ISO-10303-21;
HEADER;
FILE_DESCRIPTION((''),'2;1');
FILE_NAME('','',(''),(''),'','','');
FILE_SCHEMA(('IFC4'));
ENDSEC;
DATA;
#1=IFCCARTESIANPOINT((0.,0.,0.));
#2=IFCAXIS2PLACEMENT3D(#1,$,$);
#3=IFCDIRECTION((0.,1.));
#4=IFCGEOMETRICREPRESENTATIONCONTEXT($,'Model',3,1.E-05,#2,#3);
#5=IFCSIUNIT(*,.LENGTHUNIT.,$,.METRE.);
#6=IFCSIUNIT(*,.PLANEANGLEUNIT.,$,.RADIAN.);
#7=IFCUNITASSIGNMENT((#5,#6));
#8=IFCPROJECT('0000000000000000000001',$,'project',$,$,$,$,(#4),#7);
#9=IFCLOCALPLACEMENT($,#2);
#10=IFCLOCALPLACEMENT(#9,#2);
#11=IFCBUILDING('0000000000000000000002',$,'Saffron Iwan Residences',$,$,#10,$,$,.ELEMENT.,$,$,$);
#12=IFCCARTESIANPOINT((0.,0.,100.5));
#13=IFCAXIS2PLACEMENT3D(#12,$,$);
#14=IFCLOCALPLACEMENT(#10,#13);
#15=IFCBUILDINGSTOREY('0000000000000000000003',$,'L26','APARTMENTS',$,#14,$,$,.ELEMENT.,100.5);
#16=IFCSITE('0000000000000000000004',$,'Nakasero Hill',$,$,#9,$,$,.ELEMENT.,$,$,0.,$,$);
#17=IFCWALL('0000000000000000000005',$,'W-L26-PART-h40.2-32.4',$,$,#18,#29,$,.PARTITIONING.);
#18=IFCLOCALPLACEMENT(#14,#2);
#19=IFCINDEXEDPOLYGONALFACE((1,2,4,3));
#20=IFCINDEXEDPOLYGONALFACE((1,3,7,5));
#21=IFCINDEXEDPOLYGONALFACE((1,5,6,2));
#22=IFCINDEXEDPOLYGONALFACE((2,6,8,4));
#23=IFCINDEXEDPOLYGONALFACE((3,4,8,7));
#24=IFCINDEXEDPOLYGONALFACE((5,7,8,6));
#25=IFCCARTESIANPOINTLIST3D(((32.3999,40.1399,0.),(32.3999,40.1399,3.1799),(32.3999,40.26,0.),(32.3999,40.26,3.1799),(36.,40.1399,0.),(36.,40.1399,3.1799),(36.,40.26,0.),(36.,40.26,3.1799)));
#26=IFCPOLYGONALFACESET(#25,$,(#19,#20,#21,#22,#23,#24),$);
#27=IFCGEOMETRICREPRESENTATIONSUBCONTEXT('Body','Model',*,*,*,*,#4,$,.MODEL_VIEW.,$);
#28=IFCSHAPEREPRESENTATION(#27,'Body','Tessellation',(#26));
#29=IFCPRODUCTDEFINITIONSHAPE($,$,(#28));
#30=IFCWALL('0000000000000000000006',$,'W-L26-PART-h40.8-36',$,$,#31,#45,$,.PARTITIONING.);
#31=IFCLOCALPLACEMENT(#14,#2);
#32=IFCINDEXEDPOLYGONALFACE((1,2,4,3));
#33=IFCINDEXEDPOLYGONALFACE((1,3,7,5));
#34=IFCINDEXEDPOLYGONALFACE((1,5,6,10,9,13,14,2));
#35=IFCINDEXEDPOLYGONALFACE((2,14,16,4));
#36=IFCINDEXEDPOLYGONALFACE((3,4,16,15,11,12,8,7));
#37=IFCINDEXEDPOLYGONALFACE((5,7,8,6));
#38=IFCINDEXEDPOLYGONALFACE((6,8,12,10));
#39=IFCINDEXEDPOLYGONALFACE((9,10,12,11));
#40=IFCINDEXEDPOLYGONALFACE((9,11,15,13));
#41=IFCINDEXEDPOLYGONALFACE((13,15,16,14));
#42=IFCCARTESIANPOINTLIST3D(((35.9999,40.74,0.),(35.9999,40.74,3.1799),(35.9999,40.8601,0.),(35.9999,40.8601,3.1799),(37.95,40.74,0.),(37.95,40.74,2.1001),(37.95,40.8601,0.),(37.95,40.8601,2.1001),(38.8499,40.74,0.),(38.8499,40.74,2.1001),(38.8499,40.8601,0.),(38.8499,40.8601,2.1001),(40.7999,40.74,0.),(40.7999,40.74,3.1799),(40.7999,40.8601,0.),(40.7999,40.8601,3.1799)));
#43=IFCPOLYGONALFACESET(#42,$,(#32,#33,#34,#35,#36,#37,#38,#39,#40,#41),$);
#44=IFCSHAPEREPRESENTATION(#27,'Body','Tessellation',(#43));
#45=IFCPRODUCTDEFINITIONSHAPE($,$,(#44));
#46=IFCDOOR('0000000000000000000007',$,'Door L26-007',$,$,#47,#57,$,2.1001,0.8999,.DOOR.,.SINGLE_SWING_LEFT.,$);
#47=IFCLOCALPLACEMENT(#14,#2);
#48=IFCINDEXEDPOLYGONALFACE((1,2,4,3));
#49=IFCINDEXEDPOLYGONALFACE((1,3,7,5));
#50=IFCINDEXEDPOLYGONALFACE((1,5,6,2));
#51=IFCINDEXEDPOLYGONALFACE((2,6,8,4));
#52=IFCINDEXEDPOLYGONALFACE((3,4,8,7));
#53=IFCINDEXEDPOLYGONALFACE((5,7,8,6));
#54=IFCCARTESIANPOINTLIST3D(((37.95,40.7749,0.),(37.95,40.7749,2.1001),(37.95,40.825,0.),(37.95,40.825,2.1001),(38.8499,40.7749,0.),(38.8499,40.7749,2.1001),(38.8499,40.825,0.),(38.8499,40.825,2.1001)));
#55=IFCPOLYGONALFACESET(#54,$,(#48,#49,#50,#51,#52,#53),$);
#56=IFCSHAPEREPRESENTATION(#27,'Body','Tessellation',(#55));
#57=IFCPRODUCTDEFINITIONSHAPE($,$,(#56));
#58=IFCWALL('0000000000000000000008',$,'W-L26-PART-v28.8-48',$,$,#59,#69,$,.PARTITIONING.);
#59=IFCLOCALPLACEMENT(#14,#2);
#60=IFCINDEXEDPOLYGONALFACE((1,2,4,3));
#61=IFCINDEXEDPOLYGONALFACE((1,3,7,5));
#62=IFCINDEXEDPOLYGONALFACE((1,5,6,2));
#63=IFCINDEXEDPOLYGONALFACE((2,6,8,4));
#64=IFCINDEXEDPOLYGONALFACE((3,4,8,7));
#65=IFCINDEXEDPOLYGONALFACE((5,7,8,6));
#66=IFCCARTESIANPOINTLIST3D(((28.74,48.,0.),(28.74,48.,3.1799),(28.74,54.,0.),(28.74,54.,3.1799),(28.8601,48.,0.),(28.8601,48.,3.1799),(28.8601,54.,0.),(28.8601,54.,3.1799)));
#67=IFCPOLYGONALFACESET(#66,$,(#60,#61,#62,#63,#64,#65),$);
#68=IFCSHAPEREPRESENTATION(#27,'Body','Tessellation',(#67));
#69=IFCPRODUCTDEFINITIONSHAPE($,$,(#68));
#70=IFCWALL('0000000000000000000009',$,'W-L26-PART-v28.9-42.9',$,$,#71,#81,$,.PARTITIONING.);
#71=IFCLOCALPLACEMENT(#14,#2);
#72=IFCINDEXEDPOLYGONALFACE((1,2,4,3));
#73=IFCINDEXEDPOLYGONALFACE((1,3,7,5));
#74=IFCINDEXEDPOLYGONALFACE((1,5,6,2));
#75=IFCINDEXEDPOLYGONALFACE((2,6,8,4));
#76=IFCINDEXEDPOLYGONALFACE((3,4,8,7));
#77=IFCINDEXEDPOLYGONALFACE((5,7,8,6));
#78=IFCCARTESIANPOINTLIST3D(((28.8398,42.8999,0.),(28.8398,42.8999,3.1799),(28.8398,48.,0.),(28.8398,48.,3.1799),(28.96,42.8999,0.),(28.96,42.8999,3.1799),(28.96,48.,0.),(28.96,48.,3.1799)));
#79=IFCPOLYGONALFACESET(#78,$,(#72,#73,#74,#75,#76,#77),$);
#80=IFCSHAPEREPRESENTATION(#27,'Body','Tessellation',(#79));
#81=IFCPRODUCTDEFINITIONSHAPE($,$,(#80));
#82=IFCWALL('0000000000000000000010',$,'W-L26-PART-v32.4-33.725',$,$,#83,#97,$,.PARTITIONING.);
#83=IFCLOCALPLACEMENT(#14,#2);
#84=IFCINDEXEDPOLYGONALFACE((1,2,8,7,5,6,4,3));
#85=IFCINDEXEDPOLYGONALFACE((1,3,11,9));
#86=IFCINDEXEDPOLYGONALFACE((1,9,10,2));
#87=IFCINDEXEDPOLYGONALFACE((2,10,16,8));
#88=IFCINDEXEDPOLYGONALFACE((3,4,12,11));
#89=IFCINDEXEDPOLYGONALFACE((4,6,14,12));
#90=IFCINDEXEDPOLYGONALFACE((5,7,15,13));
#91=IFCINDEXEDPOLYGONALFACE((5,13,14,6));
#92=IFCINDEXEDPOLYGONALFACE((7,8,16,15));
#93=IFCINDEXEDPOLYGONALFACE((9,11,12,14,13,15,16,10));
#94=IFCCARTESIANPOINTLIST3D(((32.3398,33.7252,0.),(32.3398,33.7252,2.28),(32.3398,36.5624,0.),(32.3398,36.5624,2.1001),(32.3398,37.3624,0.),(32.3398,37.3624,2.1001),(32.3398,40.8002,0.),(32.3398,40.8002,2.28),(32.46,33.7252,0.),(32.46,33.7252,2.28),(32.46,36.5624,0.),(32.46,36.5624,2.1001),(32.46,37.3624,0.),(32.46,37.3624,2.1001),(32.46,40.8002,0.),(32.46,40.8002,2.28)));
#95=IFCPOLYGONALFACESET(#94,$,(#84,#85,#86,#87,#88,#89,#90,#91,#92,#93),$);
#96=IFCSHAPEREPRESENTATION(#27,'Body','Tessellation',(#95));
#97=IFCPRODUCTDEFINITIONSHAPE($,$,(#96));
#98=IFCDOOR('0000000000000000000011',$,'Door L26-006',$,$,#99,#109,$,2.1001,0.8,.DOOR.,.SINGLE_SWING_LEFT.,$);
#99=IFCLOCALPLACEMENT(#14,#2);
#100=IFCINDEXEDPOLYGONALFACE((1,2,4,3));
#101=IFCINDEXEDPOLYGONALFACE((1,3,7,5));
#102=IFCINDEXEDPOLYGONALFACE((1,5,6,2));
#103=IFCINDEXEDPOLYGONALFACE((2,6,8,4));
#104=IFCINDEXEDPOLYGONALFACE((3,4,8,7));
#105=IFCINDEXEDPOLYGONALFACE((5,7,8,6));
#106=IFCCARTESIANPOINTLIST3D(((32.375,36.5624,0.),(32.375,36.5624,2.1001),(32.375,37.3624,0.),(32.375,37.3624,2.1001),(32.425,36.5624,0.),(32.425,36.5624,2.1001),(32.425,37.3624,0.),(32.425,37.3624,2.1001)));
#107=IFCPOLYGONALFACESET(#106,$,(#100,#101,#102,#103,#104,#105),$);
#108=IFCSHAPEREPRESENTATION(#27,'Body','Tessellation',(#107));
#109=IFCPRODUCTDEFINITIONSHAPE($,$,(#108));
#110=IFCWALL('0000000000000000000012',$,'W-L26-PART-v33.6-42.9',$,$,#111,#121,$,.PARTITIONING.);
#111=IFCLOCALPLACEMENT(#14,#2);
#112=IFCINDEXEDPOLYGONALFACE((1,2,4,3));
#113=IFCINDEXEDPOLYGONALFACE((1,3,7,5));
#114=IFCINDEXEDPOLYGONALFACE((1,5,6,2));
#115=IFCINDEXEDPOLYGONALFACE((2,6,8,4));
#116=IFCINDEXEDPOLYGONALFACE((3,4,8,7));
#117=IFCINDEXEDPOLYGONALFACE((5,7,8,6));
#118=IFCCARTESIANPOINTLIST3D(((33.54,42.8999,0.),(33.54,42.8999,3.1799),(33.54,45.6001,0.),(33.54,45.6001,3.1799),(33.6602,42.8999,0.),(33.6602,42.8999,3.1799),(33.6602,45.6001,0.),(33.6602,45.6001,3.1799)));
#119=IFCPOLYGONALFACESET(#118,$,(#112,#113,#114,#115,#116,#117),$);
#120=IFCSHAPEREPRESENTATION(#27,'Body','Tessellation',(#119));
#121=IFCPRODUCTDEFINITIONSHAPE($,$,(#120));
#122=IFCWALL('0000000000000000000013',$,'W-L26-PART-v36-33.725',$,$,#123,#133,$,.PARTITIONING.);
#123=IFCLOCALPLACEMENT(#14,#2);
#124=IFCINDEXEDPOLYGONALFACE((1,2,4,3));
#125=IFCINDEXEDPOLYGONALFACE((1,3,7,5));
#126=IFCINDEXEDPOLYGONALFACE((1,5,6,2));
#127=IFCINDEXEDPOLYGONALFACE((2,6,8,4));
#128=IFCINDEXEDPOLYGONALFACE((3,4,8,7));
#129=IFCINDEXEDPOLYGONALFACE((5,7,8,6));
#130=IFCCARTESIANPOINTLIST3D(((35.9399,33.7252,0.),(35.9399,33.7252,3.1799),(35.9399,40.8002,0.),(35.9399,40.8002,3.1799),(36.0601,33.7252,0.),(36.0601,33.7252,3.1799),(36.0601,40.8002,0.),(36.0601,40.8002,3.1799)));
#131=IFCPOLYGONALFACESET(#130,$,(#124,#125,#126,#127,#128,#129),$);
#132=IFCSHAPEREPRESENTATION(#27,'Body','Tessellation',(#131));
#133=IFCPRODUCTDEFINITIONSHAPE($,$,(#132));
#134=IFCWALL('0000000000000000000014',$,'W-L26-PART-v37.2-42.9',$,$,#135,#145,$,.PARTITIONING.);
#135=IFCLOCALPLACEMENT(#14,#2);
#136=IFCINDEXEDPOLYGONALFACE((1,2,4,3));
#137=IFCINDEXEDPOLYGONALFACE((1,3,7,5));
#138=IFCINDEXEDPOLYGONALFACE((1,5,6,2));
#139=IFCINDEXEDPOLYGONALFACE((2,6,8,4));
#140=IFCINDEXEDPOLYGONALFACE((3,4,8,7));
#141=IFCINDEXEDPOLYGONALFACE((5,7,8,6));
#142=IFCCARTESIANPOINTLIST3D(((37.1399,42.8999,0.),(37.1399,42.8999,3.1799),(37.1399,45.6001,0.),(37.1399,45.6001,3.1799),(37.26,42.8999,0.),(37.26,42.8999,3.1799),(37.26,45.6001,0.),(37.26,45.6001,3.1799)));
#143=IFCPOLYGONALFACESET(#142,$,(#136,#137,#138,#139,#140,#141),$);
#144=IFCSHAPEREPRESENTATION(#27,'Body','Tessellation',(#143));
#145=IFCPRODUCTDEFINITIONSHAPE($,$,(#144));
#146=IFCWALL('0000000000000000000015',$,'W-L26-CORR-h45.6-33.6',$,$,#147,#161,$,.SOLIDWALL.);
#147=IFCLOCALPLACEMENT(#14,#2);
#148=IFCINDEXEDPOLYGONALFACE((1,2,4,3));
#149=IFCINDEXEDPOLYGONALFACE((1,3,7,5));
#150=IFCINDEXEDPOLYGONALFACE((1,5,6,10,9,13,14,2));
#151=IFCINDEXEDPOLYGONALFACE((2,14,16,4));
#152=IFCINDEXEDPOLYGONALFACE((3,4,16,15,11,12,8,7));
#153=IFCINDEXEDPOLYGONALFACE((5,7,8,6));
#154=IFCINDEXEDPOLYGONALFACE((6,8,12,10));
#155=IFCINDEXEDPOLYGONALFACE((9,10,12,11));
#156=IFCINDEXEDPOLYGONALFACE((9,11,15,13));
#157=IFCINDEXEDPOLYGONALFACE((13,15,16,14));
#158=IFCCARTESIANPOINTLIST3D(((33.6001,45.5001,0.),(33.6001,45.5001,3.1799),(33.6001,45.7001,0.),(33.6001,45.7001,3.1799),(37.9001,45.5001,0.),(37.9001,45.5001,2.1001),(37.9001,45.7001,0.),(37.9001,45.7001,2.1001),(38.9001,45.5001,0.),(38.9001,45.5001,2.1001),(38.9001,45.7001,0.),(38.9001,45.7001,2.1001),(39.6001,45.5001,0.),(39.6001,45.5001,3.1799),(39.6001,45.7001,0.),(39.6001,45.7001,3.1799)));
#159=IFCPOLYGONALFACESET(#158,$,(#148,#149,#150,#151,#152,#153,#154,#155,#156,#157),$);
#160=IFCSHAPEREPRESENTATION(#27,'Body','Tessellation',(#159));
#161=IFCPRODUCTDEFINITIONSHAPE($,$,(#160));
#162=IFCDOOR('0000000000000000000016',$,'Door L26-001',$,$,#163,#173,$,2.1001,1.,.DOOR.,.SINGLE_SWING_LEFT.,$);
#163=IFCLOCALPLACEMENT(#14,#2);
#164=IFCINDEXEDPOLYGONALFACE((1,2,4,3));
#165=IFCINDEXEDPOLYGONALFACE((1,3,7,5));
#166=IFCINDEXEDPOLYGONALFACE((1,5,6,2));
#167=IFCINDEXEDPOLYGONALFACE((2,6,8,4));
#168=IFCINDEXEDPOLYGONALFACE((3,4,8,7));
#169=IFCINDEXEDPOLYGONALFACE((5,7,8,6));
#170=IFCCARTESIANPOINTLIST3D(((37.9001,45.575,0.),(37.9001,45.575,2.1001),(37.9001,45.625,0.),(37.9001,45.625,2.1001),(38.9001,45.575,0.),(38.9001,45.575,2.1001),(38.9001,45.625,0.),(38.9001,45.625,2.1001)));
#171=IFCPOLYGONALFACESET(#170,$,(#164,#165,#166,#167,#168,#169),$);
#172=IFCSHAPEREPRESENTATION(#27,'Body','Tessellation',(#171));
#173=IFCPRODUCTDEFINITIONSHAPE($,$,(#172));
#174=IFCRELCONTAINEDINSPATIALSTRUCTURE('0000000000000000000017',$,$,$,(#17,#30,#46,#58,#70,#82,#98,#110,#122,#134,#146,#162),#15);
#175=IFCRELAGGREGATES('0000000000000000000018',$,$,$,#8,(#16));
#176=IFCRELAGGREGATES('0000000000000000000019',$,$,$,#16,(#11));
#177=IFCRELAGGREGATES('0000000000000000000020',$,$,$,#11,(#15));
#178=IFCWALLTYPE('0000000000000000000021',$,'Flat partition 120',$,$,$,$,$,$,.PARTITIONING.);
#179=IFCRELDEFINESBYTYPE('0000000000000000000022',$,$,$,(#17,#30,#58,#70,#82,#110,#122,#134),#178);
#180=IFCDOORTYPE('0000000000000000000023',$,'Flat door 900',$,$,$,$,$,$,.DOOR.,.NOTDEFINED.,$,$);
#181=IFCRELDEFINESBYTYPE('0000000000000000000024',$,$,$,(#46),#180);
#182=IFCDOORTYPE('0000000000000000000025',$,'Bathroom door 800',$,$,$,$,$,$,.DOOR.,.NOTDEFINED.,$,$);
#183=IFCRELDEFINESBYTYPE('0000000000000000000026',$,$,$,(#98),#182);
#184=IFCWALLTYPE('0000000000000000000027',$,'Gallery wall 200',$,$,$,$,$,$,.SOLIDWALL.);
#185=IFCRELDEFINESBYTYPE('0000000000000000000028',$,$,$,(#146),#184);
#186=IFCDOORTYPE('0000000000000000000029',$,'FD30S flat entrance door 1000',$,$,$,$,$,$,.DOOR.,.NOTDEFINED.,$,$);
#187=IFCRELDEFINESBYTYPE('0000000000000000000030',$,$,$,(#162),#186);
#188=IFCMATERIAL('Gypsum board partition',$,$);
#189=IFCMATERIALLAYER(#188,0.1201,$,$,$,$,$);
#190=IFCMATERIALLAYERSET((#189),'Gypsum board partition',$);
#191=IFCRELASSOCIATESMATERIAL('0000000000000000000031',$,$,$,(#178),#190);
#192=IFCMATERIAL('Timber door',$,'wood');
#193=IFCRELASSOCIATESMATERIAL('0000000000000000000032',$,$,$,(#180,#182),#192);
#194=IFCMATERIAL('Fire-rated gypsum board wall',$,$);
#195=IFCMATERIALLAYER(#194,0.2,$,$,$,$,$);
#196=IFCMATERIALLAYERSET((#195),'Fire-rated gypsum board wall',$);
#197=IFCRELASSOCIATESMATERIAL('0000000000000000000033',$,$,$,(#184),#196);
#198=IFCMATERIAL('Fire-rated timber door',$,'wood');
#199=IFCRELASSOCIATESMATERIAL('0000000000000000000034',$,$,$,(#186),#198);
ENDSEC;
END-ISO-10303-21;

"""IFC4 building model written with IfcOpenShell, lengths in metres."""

from ifc_helpers import new_model, si_unit, direction, frame, frame_2d, origin, place, context, subcontext, project, spatial, rectangle, extrude, material, layer, layer_set, type_object, element, fill, save


model = new_model("IFC4")

# Units and contexts
model_context = context("Model", 3, precision=1e-05, world=origin(), true_north=direction((0.0, 1.0)))
body_context = subcontext(model_context, "Body", "Model", "MODEL_VIEW")
ifc_project = project(units=[si_unit("LENGTHUNIT", "METRE"), si_unit("PLANEANGLEUNIT", "RADIAN")], contexts=[model_context])

# Site, building, storey
site_placement = place(None, origin())
site = spatial("IfcSite", under=ifc_project, at=site_placement, Name="Nakasero Hill", CompositionType="ELEMENT", RefElevation=0.0)
building_placement = place(site_placement, origin())
building = spatial("IfcBuilding", under=site, at=building_placement, Name="Saffron Iwan Residences", CompositionType="ELEMENT")
storey_placement = place(building_placement, frame((0.0, 0.0, 100.5)))
storey = spatial("IfcBuildingStorey", under=building, at=storey_placement, Name="L26", Description="APARTMENTS", CompositionType="ELEMENT", Elevation=100.5)

# Wall
ifc_material_1 = material(Name="Gypsum board partition")
ifc_layer_1 = layer(ifc_material_1, 0.1201)
ifc_layer_set_1 = layer_set([ifc_layer_1], Name="Gypsum board partition")
wall_type_1 = type_object("IfcWallType", Name="Flat partition 120", PredefinedType="PARTITIONING", material=ifc_layer_set_1)
wall_1_placement = place(storey_placement, frame((32.3999, 40.2, 0.0), z_axis=(0.0, 0.0, 1.0), x_axis=(1.0, 0.0, 0.0)))
element("IfcWall", 1, at=wall_1_placement, inside=storey, type_object=wall_type_1, Name="W-L26-PART-h40.2-32.4", PredefinedType="PARTITIONING", context=body_context, shape_type="SweptSolid", body=[
    extrude(rectangle(XDim=3.6001, YDim=0.1201, at=frame_2d((1.8, 0.0))), origin(), (0.0, 0.0, 1.0), 3.1799),
])

# Wall, opening, door
wall_2_placement = place(storey_placement, frame((36.0, 40.8, 0.0), z_axis=(0.0, 0.0, 1.0), x_axis=(1.0, 0.0, 0.0)))
wall_2 = element("IfcWall", 2, at=wall_2_placement, inside=storey, type_object=wall_type_1, Name="W-L26-PART-h40.8-36", PredefinedType="PARTITIONING", context=body_context, shape_type="SweptSolid", body=[
    extrude(rectangle(XDim=4.8, YDim=0.1201, at=frame_2d((2.3999, 0.0))), origin(), (0.0, 0.0, 1.0), 3.1799),
])
opening_1_placement = place(wall_2_placement, frame((1.95, 0.0, 0.0)))
opening_1 = element("IfcOpeningElement", 3, at=opening_1_placement, cuts=wall_2, PredefinedType="OPENING", context=body_context, shape_type="SweptSolid", body=[
    extrude(rectangle(XDim=0.8999, YDim=2.1001, at=frame_2d((0.45, 1.05))), frame((0.0, 0.0701, 0.0), z_axis=(0.0, -1.0, 0.0), x_axis=(1.0, 0.0, 0.0)), (0.0, 0.0, 1.0), 0.1401),
])
ifc_material_2 = material(Name="Timber door", Category="wood")
door_type_1 = type_object("IfcDoorType", Name="Flat door 900", OperationType="NOTDEFINED", PredefinedType="DOOR", material=ifc_material_2)
door_1_placement = place(opening_1_placement, origin())
door_1 = element("IfcDoor", 4, at=door_1_placement, inside=storey, type_object=door_type_1, Name="Door L26-007", OperationType="SINGLE_SWING_LEFT", OverallHeight=2.1001, OverallWidth=0.8999, PredefinedType="DOOR", context=body_context, shape_type="SweptSolid", body=[
    extrude(rectangle(XDim=0.8999, YDim=2.1001, at=frame_2d((0.45, 1.05))), frame((0.0, 0.0249, 0.0), z_axis=(0.0, -1.0, 0.0), x_axis=(1.0, 0.0, 0.0)), (0.0, 0.0, 1.0), 0.05),
])
fill(opening_1, door_1)

# Walls
wall_3_placement = place(storey_placement, frame((28.8, 48.0, 0.0), z_axis=(0.0, 0.0, 1.0), x_axis=(0.0, 1.0, 0.0)))
element("IfcWall", 5, at=wall_3_placement, inside=storey, type_object=wall_type_1, Name="W-L26-PART-v28.8-48", PredefinedType="PARTITIONING", context=body_context, shape_type="SweptSolid", body=[
    extrude(rectangle(XDim=6.0, YDim=0.1201, at=frame_2d((3.0, 0.0))), origin(), (0.0, 0.0, 1.0), 3.1799),
])
wall_4_placement = place(storey_placement, frame((28.8999, 42.8999, 0.0), z_axis=(0.0, 0.0, 1.0), x_axis=(0.0, 1.0, 0.0)))
element("IfcWall", 6, at=wall_4_placement, inside=storey, type_object=wall_type_1, Name="W-L26-PART-v28.9-42.9", PredefinedType="PARTITIONING", context=body_context, shape_type="SweptSolid", body=[
    extrude(rectangle(XDim=5.1001, YDim=0.1201, at=frame_2d((2.55, 0.0))), origin(), (0.0, 0.0, 1.0), 3.1799),
])

# Wall, opening, door
wall_5_placement = place(storey_placement, frame((32.3999, 33.7251, 0.0), z_axis=(0.0, 0.0, 1.0), x_axis=(0.0, 1.0, 0.0)))
wall_5 = element("IfcWall", 7, at=wall_5_placement, inside=storey, type_object=wall_type_1, Name="W-L26-PART-v32.4-33.725", PredefinedType="PARTITIONING", context=body_context, shape_type="SweptSolid", body=[
    extrude(rectangle(XDim=7.075, YDim=0.1201, at=frame_2d((3.5376, 0.0))), origin(), (0.0, 0.0, 1.0), 2.28),
])
opening_2_placement = place(wall_5_placement, frame((2.8374, 0.0, 0.0)))
opening_2 = element("IfcOpeningElement", 8, at=opening_2_placement, cuts=wall_5, PredefinedType="OPENING", context=body_context, shape_type="SweptSolid", body=[
    extrude(rectangle(XDim=0.8, YDim=2.1001, at=frame_2d((0.3999, 1.05))), frame((0.0, 0.0701, 0.0), z_axis=(0.0, -1.0, 0.0), x_axis=(1.0, 0.0, 0.0)), (0.0, 0.0, 1.0), 0.1401),
])
door_type_2 = type_object("IfcDoorType", Name="Bathroom door 800", OperationType="NOTDEFINED", PredefinedType="DOOR", material=ifc_material_2)
door_2_placement = place(opening_2_placement, origin())
door_2 = element("IfcDoor", 9, at=door_2_placement, inside=storey, type_object=door_type_2, Name="Door L26-006", OperationType="SINGLE_SWING_LEFT", OverallHeight=2.1001, OverallWidth=0.8, PredefinedType="DOOR", context=body_context, shape_type="SweptSolid", body=[
    extrude(rectangle(XDim=0.8, YDim=2.1001, at=frame_2d((0.3999, 1.05))), frame((0.0, 0.0249, 0.0), z_axis=(0.0, -1.0, 0.0), x_axis=(1.0, 0.0, 0.0)), (0.0, 0.0, 1.0), 0.05),
])
fill(opening_2, door_2)

# Walls
wall_6_placement = place(storey_placement, frame((33.6001, 42.8999, 0.0), z_axis=(0.0, 0.0, 1.0), x_axis=(0.0, 1.0, 0.0)))
element("IfcWall", 10, at=wall_6_placement, inside=storey, type_object=wall_type_1, Name="W-L26-PART-v33.6-42.9", PredefinedType="PARTITIONING", context=body_context, shape_type="SweptSolid", body=[
    extrude(rectangle(XDim=2.7002, YDim=0.1201, at=frame_2d((1.3501, 0.0))), origin(), (0.0, 0.0, 1.0), 3.1799),
])
wall_7_placement = place(storey_placement, frame((36.0, 33.7251, 0.0), z_axis=(0.0, 0.0, 1.0), x_axis=(0.0, 1.0, 0.0)))
element("IfcWall", 11, at=wall_7_placement, inside=storey, type_object=wall_type_1, Name="W-L26-PART-v36-33.725", PredefinedType="PARTITIONING", context=body_context, shape_type="SweptSolid", body=[
    extrude(rectangle(XDim=7.075, YDim=0.1201, at=frame_2d((3.5376, 0.0))), origin(), (0.0, 0.0, 1.0), 3.1799),
])
wall_8_placement = place(storey_placement, frame((37.2, 42.8999, 0.0), z_axis=(0.0, 0.0, 1.0), x_axis=(0.0, 1.0, 0.0)))
element("IfcWall", 12, at=wall_8_placement, inside=storey, type_object=wall_type_1, Name="W-L26-PART-v37.2-42.9", PredefinedType="PARTITIONING", context=body_context, shape_type="SweptSolid", body=[
    extrude(rectangle(XDim=2.7002, YDim=0.1201, at=frame_2d((1.3501, 0.0))), origin(), (0.0, 0.0, 1.0), 3.1799),
])

# Wall, opening, door
ifc_material_3 = material(Name="Fire-rated gypsum board wall")
ifc_layer_2 = layer(ifc_material_3, 0.2)
ifc_layer_set_2 = layer_set([ifc_layer_2], Name="Fire-rated gypsum board wall")
wall_type_2 = type_object("IfcWallType", Name="Gallery wall 200", PredefinedType="SOLIDWALL", material=ifc_layer_set_2)
wall_9_placement = place(storey_placement, frame((33.6001, 45.6001, 0.0), z_axis=(0.0, 0.0, 1.0), x_axis=(1.0, 0.0, 0.0)))
wall_9 = element("IfcWall", 13, at=wall_9_placement, inside=storey, type_object=wall_type_2, Name="W-L26-CORR-h45.6-33.6", PredefinedType="SOLIDWALL", context=body_context, shape_type="SweptSolid", body=[
    extrude(rectangle(XDim=6.0, YDim=0.2, at=frame_2d((3.0, 0.0))), origin(), (0.0, 0.0, 1.0), 3.1799),
])
opening_3_placement = place(wall_9_placement, frame((4.3, 0.0, 0.0)))
opening_3 = element("IfcOpeningElement", 14, at=opening_3_placement, cuts=wall_9, PredefinedType="OPENING", context=body_context, shape_type="SweptSolid", body=[
    extrude(rectangle(XDim=1.0, YDim=2.1001, at=frame_2d((0.5, 1.05))), frame((0.0, 0.1099, 0.0), z_axis=(0.0, -1.0, 0.0), x_axis=(1.0, 0.0, 0.0)), (0.0, 0.0, 1.0), 0.22),
])
ifc_material_4 = material(Name="Fire-rated timber door", Category="wood")
door_type_3 = type_object("IfcDoorType", Name="FD30S flat entrance door 1000", OperationType="NOTDEFINED", PredefinedType="DOOR", material=ifc_material_4)
door_3_placement = place(opening_3_placement, origin())
door_3 = element("IfcDoor", 15, at=door_3_placement, inside=storey, type_object=door_type_3, Name="Door L26-001", OperationType="SINGLE_SWING_LEFT", OverallHeight=2.1001, OverallWidth=1.0, PredefinedType="DOOR", context=body_context, shape_type="SweptSolid", body=[
    extrude(rectangle(XDim=1.0, YDim=2.1001, at=frame_2d((0.5, 1.05))), frame((0.0, 0.0249, 0.0), z_axis=(0.0, -1.0, 0.0), x_axis=(1.0, 0.0, 0.0)), (0.0, 0.0, 1.0), 0.05),
])
fill(opening_3, door_3)

save(model, "model.ifc")
